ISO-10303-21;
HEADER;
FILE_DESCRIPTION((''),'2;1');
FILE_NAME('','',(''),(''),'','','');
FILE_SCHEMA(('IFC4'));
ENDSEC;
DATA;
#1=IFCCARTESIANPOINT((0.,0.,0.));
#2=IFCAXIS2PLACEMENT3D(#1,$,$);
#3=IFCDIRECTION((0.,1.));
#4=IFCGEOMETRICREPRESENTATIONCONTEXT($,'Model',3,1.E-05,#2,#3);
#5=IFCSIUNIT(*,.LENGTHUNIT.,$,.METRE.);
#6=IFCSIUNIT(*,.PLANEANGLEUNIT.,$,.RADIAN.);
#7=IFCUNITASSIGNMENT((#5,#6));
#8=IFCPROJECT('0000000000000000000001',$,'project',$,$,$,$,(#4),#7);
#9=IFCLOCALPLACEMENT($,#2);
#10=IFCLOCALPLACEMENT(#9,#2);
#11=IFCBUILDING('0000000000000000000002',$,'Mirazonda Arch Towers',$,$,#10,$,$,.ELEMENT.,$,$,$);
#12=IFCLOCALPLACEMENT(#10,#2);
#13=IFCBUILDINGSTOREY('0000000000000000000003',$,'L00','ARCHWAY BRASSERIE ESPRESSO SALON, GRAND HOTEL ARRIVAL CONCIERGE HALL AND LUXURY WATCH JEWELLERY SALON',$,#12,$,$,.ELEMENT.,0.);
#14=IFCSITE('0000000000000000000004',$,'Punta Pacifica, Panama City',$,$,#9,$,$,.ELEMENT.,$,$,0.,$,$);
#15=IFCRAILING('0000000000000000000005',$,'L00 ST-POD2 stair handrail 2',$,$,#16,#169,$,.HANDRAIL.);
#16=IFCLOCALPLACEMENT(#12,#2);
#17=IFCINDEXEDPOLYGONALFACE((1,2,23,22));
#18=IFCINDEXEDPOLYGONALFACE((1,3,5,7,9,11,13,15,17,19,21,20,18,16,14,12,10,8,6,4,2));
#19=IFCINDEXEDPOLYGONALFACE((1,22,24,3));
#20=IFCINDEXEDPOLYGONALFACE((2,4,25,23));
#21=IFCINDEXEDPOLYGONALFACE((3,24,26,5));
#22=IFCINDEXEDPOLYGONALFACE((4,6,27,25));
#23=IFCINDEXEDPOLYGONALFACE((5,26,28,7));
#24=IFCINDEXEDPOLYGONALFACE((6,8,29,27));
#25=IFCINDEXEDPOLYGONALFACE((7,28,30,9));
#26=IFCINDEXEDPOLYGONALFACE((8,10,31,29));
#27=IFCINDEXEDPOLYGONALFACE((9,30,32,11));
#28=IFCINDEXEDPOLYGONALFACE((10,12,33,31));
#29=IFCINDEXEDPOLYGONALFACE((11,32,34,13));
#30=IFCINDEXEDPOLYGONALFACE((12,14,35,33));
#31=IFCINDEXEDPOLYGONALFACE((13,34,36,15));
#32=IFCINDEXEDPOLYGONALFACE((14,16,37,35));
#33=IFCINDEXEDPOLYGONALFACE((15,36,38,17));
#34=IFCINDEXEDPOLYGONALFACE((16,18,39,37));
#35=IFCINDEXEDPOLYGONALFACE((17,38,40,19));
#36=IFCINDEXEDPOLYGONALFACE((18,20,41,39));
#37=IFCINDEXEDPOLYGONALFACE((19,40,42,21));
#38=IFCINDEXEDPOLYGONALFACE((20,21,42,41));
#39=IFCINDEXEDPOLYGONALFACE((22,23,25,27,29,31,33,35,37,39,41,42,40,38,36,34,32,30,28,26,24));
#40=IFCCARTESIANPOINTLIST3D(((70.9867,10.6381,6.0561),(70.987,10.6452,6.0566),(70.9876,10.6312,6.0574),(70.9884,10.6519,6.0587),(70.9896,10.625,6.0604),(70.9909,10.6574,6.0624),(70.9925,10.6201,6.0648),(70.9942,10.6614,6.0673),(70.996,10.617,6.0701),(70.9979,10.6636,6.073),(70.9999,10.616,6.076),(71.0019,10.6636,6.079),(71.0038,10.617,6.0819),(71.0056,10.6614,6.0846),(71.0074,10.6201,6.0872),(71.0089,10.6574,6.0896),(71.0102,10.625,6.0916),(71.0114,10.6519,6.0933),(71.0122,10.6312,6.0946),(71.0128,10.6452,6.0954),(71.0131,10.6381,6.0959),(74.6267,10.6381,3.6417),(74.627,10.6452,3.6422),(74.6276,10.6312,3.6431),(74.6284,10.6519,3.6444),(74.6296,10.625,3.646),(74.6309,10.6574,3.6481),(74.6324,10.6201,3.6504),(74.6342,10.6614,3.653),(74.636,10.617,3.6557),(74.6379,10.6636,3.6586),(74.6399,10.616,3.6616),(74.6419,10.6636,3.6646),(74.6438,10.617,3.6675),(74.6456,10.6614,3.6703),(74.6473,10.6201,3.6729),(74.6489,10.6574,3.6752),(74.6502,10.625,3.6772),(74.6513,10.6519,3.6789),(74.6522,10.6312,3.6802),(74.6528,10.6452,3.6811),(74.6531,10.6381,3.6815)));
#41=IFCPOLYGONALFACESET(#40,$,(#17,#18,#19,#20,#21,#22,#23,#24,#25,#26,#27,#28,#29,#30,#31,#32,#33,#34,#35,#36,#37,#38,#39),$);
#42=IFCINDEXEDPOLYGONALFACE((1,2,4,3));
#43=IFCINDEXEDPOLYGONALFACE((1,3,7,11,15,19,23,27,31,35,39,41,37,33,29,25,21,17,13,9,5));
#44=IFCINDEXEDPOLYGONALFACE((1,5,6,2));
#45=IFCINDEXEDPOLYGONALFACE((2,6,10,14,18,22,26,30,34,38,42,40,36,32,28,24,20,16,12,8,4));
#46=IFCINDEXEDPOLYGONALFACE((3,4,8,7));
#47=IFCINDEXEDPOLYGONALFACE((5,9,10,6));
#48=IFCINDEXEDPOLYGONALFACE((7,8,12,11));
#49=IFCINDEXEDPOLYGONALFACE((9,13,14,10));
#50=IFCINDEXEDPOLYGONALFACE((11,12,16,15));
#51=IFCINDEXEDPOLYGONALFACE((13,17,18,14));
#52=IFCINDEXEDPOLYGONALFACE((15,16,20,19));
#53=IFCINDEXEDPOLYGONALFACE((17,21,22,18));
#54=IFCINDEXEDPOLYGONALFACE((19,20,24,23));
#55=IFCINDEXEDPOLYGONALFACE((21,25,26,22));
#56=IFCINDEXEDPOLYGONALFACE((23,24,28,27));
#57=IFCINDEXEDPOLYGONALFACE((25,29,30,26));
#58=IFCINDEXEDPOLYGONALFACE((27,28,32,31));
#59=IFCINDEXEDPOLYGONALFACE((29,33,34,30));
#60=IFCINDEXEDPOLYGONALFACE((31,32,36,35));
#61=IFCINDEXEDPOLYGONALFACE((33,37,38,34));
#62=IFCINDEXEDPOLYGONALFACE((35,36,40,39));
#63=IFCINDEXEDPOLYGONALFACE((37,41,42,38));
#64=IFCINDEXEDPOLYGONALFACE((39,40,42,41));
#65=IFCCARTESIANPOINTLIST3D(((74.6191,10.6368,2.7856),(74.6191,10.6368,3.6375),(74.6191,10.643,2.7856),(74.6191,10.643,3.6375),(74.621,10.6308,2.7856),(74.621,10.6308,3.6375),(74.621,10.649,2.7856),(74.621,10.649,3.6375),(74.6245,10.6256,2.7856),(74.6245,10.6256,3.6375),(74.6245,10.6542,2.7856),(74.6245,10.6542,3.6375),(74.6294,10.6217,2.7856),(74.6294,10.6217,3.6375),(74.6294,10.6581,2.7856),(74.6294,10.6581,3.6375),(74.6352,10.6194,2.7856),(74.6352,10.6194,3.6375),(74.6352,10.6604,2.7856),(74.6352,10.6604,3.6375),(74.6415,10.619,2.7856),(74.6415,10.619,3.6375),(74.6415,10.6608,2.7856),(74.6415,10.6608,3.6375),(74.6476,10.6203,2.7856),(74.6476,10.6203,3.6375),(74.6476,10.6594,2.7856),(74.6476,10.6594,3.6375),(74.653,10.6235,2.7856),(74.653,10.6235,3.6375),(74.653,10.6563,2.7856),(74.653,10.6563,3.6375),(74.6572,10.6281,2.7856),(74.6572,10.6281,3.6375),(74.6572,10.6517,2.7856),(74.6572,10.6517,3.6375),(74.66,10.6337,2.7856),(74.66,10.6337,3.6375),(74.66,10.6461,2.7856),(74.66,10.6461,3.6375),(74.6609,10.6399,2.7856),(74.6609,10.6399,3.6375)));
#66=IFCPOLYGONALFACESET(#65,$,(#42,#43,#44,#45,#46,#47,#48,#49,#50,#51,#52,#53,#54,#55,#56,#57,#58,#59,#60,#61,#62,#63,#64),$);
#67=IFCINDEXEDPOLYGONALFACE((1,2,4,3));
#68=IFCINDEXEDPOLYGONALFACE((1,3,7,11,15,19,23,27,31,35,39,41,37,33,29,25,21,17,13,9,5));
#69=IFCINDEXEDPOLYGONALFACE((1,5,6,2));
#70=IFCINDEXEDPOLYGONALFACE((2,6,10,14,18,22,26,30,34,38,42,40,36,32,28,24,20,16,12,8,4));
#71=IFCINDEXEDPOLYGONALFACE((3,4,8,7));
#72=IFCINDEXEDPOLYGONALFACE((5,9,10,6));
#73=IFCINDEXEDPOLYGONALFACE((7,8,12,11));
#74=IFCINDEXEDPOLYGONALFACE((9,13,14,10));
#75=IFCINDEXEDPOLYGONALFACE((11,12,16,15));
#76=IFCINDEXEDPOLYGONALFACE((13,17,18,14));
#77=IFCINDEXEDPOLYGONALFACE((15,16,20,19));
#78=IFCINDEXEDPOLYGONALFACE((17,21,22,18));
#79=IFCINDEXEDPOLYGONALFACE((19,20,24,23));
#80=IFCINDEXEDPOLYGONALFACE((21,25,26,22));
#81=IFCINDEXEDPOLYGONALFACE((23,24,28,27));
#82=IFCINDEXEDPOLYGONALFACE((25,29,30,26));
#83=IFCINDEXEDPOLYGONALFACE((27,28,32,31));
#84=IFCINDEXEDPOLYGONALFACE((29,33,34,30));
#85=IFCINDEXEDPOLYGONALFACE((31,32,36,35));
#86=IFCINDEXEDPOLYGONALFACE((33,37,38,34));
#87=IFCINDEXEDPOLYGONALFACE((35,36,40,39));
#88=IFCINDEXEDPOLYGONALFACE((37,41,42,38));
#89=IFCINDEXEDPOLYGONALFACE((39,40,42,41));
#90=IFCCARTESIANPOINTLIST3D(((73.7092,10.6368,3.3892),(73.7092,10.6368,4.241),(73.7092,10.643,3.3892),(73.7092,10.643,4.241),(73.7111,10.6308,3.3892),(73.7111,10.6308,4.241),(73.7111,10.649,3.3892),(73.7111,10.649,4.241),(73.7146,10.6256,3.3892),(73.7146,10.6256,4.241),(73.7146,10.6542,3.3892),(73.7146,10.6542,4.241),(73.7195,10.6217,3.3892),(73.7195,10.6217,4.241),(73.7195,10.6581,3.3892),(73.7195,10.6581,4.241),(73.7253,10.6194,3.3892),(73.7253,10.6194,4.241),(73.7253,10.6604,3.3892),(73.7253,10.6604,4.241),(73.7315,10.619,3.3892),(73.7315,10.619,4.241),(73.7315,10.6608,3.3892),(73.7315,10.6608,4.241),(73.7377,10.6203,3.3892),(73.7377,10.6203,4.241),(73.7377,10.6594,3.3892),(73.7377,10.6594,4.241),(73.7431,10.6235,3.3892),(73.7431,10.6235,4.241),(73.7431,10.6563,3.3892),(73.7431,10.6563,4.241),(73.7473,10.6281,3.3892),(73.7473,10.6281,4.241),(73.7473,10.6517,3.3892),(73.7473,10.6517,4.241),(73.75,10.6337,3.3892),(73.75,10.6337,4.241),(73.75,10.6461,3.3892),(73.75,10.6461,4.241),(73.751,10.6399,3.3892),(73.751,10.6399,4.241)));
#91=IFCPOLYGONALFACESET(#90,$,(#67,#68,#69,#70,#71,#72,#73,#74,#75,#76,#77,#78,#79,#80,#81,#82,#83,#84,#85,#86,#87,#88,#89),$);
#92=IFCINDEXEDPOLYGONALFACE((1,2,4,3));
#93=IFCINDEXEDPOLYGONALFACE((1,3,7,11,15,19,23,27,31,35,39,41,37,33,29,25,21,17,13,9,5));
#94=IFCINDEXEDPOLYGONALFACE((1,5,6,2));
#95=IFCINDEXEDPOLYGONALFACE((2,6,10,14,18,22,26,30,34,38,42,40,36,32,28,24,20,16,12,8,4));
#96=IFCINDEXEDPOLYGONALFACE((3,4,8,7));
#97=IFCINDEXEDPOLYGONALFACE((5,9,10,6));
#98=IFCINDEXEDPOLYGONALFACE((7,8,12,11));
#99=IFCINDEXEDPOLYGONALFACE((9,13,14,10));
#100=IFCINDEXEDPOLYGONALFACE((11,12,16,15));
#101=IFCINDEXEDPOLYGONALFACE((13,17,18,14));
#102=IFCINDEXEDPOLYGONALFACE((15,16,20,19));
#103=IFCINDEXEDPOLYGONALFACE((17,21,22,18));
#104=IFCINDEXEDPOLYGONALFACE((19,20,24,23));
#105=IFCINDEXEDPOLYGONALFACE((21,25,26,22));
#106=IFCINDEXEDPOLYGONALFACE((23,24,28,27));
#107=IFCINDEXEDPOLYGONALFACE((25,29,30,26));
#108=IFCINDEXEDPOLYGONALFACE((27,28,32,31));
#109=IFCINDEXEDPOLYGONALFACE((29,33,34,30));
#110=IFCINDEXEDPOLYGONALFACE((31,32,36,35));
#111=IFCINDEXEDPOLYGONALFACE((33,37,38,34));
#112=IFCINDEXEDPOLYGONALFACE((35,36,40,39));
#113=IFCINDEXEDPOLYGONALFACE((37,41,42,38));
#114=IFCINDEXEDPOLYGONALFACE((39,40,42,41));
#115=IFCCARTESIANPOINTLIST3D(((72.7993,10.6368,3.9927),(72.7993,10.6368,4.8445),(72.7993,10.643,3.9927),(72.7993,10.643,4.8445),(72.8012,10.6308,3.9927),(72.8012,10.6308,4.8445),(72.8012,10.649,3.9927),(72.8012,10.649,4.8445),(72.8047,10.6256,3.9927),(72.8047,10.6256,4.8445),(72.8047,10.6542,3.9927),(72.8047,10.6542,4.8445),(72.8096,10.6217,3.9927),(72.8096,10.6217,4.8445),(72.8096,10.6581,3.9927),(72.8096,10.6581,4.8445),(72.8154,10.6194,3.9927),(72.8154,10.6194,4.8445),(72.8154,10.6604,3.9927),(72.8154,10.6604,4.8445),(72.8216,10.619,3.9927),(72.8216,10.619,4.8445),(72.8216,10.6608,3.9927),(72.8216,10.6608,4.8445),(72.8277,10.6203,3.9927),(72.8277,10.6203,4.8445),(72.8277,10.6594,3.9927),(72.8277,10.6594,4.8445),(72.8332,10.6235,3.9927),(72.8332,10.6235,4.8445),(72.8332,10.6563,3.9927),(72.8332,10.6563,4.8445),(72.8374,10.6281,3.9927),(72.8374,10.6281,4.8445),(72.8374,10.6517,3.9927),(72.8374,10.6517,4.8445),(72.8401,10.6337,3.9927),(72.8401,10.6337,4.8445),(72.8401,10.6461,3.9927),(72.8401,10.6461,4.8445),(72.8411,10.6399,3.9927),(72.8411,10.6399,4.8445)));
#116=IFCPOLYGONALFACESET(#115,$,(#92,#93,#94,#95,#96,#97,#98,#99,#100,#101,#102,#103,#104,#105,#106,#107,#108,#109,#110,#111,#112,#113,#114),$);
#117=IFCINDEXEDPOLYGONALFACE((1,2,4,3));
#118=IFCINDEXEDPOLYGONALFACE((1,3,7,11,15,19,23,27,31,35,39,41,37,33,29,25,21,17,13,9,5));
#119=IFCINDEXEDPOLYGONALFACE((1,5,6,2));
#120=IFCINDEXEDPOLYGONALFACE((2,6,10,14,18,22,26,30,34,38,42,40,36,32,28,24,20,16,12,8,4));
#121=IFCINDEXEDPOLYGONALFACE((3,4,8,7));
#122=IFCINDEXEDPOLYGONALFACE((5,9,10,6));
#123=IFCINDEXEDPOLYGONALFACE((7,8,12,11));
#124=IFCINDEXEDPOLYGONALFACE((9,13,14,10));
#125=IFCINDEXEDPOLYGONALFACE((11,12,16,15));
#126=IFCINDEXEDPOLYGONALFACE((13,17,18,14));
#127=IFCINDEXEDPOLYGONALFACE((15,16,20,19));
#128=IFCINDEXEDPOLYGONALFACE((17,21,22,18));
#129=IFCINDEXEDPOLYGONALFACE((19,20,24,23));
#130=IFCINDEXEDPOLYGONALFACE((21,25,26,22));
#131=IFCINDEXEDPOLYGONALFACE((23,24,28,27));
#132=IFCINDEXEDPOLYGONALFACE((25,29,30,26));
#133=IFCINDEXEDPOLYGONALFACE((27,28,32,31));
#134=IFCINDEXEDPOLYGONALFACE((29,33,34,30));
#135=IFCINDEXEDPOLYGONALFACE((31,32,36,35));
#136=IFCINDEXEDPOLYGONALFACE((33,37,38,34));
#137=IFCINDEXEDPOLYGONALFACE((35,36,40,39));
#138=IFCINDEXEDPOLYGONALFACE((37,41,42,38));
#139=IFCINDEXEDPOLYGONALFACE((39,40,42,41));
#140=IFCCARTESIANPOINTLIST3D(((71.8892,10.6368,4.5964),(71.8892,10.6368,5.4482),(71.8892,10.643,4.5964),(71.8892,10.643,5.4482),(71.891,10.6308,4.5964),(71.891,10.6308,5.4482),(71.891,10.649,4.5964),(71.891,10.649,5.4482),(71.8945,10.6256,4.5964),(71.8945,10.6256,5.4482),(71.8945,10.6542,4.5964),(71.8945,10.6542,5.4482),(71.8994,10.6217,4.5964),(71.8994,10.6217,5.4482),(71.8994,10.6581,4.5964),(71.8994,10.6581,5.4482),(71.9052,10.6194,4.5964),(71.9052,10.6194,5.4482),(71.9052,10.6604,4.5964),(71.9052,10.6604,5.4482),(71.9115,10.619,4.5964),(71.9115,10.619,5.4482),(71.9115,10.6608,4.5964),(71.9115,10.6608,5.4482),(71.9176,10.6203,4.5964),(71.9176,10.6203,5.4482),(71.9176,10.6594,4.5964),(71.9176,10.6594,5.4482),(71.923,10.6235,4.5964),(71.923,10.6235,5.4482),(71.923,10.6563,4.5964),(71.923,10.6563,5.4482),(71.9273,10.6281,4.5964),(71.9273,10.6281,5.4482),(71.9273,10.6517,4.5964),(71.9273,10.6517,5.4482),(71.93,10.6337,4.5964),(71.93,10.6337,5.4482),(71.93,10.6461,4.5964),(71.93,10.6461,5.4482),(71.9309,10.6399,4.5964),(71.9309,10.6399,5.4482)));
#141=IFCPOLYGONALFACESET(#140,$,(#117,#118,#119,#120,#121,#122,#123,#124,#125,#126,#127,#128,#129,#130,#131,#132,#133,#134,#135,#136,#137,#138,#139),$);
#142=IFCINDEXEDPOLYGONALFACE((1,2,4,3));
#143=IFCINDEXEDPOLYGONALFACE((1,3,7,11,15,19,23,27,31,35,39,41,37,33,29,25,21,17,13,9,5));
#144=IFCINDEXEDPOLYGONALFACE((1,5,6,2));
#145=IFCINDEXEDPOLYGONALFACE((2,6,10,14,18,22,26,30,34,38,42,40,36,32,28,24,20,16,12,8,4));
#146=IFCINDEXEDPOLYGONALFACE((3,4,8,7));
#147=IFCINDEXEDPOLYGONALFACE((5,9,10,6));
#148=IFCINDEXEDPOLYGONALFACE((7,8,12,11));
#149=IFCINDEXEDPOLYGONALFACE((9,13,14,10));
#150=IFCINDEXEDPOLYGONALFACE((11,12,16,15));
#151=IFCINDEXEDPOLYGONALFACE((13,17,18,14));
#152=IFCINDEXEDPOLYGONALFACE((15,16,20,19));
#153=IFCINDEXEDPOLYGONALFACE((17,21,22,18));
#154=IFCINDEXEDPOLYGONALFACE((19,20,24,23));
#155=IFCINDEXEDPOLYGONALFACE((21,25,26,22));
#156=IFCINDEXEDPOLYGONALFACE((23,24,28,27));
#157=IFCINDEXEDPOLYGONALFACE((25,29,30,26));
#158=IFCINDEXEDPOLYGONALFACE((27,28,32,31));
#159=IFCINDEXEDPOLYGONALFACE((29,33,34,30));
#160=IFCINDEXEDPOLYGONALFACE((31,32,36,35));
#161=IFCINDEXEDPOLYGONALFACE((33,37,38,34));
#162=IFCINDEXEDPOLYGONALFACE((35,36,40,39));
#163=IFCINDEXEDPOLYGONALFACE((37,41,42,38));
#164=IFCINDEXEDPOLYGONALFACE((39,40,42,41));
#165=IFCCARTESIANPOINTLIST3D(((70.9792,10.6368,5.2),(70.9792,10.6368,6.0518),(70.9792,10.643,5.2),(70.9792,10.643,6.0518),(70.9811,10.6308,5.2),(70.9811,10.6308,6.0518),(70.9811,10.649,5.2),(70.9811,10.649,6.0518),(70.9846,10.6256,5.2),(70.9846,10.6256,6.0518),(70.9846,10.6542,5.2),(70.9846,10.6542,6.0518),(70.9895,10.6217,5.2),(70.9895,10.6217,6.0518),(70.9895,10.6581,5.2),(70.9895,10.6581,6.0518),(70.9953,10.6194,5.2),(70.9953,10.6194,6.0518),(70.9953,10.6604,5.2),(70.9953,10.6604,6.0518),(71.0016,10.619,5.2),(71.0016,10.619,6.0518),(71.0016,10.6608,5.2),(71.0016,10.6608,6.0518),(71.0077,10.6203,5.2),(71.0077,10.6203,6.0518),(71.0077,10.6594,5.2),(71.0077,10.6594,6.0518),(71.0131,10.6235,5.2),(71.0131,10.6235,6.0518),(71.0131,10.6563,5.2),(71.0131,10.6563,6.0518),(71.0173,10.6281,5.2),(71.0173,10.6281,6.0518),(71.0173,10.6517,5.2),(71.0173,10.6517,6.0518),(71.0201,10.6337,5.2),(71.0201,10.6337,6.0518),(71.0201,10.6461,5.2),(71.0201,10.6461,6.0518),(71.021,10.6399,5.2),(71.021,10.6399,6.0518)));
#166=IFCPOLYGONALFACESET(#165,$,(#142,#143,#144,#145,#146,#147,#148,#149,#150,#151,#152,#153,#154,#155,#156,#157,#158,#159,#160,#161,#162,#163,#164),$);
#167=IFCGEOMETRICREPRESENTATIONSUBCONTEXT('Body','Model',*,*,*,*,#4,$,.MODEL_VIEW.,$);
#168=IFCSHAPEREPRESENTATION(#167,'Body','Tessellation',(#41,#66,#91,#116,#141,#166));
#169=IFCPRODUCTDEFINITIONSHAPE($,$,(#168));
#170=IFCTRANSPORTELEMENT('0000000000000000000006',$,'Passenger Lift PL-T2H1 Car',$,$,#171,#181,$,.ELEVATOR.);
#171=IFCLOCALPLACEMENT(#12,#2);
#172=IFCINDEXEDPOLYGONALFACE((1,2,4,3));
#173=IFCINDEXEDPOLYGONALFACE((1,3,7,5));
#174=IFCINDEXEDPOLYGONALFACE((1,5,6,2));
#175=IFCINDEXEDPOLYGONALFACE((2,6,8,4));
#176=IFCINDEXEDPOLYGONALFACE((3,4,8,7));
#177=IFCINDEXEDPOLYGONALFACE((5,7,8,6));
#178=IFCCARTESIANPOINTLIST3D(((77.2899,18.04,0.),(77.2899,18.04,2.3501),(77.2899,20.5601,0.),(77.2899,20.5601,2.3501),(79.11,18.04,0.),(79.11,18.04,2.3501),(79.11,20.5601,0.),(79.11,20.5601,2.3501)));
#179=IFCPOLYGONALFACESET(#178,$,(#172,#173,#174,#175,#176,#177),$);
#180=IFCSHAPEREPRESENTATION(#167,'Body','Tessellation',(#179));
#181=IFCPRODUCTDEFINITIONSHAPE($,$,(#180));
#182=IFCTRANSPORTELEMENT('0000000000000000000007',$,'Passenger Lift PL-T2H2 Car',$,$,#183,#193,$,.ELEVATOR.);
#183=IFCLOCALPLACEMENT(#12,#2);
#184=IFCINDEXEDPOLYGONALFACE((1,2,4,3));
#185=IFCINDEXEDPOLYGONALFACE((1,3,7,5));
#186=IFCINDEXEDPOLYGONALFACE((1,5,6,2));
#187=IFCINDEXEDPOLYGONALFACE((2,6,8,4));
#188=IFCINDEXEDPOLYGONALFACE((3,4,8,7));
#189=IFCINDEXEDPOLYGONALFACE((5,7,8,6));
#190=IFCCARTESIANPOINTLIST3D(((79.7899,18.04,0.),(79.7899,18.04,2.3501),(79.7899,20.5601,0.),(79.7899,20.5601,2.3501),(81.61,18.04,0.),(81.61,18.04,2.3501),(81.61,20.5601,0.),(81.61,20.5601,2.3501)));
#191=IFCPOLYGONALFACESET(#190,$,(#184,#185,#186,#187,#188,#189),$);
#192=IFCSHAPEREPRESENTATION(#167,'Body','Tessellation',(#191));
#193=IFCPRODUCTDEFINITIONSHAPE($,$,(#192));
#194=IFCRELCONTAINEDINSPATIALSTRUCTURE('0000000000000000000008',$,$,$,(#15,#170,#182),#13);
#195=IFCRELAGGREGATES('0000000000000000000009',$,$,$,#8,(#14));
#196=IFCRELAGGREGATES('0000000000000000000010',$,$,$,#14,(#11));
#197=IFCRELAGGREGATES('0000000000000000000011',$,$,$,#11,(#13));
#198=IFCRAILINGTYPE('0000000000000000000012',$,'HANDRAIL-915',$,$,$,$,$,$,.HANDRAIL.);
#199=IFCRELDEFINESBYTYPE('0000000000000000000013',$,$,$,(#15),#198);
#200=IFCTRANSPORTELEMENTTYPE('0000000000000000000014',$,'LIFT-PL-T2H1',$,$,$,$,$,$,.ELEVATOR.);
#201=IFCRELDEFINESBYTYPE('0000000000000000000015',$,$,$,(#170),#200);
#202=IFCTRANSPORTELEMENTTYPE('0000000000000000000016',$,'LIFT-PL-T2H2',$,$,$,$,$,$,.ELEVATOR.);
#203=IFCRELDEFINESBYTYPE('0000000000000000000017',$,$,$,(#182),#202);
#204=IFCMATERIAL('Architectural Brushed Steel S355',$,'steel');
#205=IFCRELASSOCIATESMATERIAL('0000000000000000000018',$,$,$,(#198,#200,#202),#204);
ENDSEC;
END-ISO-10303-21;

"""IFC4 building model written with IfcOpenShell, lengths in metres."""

from ifc_helpers import new_model, si_unit, direction, frame, origin, origin_2d, place, context, subcontext, project, spatial, rectangle, circle, extrude, material, type_object, element, save


model = new_model("IFC4")

# Units and contexts
model_context = context("Model", 3, precision=1e-05, world=origin(), true_north=direction((0.0, 1.0)))
body_context = subcontext(model_context, "Body", "Model", "MODEL_VIEW")
ifc_project = project(units=[si_unit("LENGTHUNIT", "METRE"), si_unit("PLANEANGLEUNIT", "RADIAN")], contexts=[model_context])

# Site, building, storey
site_placement = place(None, origin())
site = spatial("IfcSite", under=ifc_project, at=site_placement, Name="Punta Pacifica, Panama City", CompositionType="ELEMENT", RefElevation=0.0)
building_placement = place(site_placement, origin())
building = spatial("IfcBuilding", under=site, at=building_placement, Name="Mirazonda Arch Towers", CompositionType="ELEMENT")
storey_placement = place(building_placement, origin())
storey = spatial("IfcBuildingStorey", under=building, at=storey_placement, Name="L00", Description="ARCHWAY BRASSERIE ESPRESSO SALON, GRAND HOTEL ARRIVAL CONCIERGE HALL AND LUXURY WATCH JEWELLERY SALON", CompositionType="ELEMENT", Elevation=0.0)

# Shared definitions
ifc_material_1 = material(Name="Architectural Brushed Steel S355", Category="steel")

# Railing
railing_type_1 = type_object("IfcRailingType", Name="HANDRAIL-915", PredefinedType="HANDRAIL", material=ifc_material_1)
railing_1_placement = place(storey_placement, frame((74.6399, 10.6399, 2.7856)))
element("IfcRailing", 1, at=railing_1_placement, inside=storey, type_object=railing_type_1, Name="L00 ST-POD2 stair handrail 2", PredefinedType="HANDRAIL", context=body_context, shape_type="SweptSolid", body=[
    extrude(circle(Radius=0.0239, at=origin_2d()), frame((0.0, 0.0, 0.876), z_axis=(-0.833347, 0.0, 0.552751), x_axis=(0.0, -1.0, 0.0)), (0.0, 0.0, 1.0), 4.3679),
    extrude(circle(Radius=0.021, at=origin_2d()), origin(), (0.0, 0.0, 1.0), 0.8518),
    extrude(circle(Radius=0.021, at=origin_2d()), frame((-0.9099, 0.0, 0.6035)), (0.0, 0.0, 1.0), 0.8518),
    extrude(circle(Radius=0.021, at=origin_2d()), frame((-1.8198, 0.0, 1.207)), (0.0, 0.0, 1.0), 0.8518),
    extrude(circle(Radius=0.021, at=origin_2d()), frame((-2.73, 0.0, 1.8108)), (0.0, 0.0, 1.0), 0.8518),
    extrude(circle(Radius=0.021, at=origin_2d()), frame((-3.6399, 0.0, 2.4143)), (0.0, 0.0, 1.0), 0.8518),
])

# Transport elements
transport_element_type_1 = type_object("IfcTransportElementType", Name="LIFT-PL-T2H1", PredefinedType="ELEVATOR", material=ifc_material_1)
transport_element_1_placement = place(storey_placement, frame((78.2, 19.3, 0.0), z_axis=(0.0, 0.0, 1.0), x_axis=(1.0, 0.0, 0.0)))
element("IfcTransportElement", 2, at=transport_element_1_placement, inside=storey, type_object=transport_element_type_1, Name="Passenger Lift PL-T2H1 Car", PredefinedType="ELEVATOR", context=body_context, shape_type="SweptSolid", body=[
    extrude(rectangle(XDim=1.8201, YDim=2.52, at=origin_2d()), origin(), (0.0, 0.0, 1.0), 2.3501),
])
transport_element_type_2 = type_object("IfcTransportElementType", Name="LIFT-PL-T2H2", PredefinedType="ELEVATOR", material=ifc_material_1)
transport_element_2_placement = place(storey_placement, frame((80.7, 19.3, 0.0), z_axis=(0.0, 0.0, 1.0), x_axis=(1.0, 0.0, 0.0)))
element("IfcTransportElement", 3, at=transport_element_2_placement, inside=storey, type_object=transport_element_type_2, Name="Passenger Lift PL-T2H2 Car", PredefinedType="ELEVATOR", context=body_context, shape_type="SweptSolid", body=[
    extrude(rectangle(XDim=1.8201, YDim=2.52, at=origin_2d()), origin(), (0.0, 0.0, 1.0), 2.3501),
])

save(model, "model.ifc")
